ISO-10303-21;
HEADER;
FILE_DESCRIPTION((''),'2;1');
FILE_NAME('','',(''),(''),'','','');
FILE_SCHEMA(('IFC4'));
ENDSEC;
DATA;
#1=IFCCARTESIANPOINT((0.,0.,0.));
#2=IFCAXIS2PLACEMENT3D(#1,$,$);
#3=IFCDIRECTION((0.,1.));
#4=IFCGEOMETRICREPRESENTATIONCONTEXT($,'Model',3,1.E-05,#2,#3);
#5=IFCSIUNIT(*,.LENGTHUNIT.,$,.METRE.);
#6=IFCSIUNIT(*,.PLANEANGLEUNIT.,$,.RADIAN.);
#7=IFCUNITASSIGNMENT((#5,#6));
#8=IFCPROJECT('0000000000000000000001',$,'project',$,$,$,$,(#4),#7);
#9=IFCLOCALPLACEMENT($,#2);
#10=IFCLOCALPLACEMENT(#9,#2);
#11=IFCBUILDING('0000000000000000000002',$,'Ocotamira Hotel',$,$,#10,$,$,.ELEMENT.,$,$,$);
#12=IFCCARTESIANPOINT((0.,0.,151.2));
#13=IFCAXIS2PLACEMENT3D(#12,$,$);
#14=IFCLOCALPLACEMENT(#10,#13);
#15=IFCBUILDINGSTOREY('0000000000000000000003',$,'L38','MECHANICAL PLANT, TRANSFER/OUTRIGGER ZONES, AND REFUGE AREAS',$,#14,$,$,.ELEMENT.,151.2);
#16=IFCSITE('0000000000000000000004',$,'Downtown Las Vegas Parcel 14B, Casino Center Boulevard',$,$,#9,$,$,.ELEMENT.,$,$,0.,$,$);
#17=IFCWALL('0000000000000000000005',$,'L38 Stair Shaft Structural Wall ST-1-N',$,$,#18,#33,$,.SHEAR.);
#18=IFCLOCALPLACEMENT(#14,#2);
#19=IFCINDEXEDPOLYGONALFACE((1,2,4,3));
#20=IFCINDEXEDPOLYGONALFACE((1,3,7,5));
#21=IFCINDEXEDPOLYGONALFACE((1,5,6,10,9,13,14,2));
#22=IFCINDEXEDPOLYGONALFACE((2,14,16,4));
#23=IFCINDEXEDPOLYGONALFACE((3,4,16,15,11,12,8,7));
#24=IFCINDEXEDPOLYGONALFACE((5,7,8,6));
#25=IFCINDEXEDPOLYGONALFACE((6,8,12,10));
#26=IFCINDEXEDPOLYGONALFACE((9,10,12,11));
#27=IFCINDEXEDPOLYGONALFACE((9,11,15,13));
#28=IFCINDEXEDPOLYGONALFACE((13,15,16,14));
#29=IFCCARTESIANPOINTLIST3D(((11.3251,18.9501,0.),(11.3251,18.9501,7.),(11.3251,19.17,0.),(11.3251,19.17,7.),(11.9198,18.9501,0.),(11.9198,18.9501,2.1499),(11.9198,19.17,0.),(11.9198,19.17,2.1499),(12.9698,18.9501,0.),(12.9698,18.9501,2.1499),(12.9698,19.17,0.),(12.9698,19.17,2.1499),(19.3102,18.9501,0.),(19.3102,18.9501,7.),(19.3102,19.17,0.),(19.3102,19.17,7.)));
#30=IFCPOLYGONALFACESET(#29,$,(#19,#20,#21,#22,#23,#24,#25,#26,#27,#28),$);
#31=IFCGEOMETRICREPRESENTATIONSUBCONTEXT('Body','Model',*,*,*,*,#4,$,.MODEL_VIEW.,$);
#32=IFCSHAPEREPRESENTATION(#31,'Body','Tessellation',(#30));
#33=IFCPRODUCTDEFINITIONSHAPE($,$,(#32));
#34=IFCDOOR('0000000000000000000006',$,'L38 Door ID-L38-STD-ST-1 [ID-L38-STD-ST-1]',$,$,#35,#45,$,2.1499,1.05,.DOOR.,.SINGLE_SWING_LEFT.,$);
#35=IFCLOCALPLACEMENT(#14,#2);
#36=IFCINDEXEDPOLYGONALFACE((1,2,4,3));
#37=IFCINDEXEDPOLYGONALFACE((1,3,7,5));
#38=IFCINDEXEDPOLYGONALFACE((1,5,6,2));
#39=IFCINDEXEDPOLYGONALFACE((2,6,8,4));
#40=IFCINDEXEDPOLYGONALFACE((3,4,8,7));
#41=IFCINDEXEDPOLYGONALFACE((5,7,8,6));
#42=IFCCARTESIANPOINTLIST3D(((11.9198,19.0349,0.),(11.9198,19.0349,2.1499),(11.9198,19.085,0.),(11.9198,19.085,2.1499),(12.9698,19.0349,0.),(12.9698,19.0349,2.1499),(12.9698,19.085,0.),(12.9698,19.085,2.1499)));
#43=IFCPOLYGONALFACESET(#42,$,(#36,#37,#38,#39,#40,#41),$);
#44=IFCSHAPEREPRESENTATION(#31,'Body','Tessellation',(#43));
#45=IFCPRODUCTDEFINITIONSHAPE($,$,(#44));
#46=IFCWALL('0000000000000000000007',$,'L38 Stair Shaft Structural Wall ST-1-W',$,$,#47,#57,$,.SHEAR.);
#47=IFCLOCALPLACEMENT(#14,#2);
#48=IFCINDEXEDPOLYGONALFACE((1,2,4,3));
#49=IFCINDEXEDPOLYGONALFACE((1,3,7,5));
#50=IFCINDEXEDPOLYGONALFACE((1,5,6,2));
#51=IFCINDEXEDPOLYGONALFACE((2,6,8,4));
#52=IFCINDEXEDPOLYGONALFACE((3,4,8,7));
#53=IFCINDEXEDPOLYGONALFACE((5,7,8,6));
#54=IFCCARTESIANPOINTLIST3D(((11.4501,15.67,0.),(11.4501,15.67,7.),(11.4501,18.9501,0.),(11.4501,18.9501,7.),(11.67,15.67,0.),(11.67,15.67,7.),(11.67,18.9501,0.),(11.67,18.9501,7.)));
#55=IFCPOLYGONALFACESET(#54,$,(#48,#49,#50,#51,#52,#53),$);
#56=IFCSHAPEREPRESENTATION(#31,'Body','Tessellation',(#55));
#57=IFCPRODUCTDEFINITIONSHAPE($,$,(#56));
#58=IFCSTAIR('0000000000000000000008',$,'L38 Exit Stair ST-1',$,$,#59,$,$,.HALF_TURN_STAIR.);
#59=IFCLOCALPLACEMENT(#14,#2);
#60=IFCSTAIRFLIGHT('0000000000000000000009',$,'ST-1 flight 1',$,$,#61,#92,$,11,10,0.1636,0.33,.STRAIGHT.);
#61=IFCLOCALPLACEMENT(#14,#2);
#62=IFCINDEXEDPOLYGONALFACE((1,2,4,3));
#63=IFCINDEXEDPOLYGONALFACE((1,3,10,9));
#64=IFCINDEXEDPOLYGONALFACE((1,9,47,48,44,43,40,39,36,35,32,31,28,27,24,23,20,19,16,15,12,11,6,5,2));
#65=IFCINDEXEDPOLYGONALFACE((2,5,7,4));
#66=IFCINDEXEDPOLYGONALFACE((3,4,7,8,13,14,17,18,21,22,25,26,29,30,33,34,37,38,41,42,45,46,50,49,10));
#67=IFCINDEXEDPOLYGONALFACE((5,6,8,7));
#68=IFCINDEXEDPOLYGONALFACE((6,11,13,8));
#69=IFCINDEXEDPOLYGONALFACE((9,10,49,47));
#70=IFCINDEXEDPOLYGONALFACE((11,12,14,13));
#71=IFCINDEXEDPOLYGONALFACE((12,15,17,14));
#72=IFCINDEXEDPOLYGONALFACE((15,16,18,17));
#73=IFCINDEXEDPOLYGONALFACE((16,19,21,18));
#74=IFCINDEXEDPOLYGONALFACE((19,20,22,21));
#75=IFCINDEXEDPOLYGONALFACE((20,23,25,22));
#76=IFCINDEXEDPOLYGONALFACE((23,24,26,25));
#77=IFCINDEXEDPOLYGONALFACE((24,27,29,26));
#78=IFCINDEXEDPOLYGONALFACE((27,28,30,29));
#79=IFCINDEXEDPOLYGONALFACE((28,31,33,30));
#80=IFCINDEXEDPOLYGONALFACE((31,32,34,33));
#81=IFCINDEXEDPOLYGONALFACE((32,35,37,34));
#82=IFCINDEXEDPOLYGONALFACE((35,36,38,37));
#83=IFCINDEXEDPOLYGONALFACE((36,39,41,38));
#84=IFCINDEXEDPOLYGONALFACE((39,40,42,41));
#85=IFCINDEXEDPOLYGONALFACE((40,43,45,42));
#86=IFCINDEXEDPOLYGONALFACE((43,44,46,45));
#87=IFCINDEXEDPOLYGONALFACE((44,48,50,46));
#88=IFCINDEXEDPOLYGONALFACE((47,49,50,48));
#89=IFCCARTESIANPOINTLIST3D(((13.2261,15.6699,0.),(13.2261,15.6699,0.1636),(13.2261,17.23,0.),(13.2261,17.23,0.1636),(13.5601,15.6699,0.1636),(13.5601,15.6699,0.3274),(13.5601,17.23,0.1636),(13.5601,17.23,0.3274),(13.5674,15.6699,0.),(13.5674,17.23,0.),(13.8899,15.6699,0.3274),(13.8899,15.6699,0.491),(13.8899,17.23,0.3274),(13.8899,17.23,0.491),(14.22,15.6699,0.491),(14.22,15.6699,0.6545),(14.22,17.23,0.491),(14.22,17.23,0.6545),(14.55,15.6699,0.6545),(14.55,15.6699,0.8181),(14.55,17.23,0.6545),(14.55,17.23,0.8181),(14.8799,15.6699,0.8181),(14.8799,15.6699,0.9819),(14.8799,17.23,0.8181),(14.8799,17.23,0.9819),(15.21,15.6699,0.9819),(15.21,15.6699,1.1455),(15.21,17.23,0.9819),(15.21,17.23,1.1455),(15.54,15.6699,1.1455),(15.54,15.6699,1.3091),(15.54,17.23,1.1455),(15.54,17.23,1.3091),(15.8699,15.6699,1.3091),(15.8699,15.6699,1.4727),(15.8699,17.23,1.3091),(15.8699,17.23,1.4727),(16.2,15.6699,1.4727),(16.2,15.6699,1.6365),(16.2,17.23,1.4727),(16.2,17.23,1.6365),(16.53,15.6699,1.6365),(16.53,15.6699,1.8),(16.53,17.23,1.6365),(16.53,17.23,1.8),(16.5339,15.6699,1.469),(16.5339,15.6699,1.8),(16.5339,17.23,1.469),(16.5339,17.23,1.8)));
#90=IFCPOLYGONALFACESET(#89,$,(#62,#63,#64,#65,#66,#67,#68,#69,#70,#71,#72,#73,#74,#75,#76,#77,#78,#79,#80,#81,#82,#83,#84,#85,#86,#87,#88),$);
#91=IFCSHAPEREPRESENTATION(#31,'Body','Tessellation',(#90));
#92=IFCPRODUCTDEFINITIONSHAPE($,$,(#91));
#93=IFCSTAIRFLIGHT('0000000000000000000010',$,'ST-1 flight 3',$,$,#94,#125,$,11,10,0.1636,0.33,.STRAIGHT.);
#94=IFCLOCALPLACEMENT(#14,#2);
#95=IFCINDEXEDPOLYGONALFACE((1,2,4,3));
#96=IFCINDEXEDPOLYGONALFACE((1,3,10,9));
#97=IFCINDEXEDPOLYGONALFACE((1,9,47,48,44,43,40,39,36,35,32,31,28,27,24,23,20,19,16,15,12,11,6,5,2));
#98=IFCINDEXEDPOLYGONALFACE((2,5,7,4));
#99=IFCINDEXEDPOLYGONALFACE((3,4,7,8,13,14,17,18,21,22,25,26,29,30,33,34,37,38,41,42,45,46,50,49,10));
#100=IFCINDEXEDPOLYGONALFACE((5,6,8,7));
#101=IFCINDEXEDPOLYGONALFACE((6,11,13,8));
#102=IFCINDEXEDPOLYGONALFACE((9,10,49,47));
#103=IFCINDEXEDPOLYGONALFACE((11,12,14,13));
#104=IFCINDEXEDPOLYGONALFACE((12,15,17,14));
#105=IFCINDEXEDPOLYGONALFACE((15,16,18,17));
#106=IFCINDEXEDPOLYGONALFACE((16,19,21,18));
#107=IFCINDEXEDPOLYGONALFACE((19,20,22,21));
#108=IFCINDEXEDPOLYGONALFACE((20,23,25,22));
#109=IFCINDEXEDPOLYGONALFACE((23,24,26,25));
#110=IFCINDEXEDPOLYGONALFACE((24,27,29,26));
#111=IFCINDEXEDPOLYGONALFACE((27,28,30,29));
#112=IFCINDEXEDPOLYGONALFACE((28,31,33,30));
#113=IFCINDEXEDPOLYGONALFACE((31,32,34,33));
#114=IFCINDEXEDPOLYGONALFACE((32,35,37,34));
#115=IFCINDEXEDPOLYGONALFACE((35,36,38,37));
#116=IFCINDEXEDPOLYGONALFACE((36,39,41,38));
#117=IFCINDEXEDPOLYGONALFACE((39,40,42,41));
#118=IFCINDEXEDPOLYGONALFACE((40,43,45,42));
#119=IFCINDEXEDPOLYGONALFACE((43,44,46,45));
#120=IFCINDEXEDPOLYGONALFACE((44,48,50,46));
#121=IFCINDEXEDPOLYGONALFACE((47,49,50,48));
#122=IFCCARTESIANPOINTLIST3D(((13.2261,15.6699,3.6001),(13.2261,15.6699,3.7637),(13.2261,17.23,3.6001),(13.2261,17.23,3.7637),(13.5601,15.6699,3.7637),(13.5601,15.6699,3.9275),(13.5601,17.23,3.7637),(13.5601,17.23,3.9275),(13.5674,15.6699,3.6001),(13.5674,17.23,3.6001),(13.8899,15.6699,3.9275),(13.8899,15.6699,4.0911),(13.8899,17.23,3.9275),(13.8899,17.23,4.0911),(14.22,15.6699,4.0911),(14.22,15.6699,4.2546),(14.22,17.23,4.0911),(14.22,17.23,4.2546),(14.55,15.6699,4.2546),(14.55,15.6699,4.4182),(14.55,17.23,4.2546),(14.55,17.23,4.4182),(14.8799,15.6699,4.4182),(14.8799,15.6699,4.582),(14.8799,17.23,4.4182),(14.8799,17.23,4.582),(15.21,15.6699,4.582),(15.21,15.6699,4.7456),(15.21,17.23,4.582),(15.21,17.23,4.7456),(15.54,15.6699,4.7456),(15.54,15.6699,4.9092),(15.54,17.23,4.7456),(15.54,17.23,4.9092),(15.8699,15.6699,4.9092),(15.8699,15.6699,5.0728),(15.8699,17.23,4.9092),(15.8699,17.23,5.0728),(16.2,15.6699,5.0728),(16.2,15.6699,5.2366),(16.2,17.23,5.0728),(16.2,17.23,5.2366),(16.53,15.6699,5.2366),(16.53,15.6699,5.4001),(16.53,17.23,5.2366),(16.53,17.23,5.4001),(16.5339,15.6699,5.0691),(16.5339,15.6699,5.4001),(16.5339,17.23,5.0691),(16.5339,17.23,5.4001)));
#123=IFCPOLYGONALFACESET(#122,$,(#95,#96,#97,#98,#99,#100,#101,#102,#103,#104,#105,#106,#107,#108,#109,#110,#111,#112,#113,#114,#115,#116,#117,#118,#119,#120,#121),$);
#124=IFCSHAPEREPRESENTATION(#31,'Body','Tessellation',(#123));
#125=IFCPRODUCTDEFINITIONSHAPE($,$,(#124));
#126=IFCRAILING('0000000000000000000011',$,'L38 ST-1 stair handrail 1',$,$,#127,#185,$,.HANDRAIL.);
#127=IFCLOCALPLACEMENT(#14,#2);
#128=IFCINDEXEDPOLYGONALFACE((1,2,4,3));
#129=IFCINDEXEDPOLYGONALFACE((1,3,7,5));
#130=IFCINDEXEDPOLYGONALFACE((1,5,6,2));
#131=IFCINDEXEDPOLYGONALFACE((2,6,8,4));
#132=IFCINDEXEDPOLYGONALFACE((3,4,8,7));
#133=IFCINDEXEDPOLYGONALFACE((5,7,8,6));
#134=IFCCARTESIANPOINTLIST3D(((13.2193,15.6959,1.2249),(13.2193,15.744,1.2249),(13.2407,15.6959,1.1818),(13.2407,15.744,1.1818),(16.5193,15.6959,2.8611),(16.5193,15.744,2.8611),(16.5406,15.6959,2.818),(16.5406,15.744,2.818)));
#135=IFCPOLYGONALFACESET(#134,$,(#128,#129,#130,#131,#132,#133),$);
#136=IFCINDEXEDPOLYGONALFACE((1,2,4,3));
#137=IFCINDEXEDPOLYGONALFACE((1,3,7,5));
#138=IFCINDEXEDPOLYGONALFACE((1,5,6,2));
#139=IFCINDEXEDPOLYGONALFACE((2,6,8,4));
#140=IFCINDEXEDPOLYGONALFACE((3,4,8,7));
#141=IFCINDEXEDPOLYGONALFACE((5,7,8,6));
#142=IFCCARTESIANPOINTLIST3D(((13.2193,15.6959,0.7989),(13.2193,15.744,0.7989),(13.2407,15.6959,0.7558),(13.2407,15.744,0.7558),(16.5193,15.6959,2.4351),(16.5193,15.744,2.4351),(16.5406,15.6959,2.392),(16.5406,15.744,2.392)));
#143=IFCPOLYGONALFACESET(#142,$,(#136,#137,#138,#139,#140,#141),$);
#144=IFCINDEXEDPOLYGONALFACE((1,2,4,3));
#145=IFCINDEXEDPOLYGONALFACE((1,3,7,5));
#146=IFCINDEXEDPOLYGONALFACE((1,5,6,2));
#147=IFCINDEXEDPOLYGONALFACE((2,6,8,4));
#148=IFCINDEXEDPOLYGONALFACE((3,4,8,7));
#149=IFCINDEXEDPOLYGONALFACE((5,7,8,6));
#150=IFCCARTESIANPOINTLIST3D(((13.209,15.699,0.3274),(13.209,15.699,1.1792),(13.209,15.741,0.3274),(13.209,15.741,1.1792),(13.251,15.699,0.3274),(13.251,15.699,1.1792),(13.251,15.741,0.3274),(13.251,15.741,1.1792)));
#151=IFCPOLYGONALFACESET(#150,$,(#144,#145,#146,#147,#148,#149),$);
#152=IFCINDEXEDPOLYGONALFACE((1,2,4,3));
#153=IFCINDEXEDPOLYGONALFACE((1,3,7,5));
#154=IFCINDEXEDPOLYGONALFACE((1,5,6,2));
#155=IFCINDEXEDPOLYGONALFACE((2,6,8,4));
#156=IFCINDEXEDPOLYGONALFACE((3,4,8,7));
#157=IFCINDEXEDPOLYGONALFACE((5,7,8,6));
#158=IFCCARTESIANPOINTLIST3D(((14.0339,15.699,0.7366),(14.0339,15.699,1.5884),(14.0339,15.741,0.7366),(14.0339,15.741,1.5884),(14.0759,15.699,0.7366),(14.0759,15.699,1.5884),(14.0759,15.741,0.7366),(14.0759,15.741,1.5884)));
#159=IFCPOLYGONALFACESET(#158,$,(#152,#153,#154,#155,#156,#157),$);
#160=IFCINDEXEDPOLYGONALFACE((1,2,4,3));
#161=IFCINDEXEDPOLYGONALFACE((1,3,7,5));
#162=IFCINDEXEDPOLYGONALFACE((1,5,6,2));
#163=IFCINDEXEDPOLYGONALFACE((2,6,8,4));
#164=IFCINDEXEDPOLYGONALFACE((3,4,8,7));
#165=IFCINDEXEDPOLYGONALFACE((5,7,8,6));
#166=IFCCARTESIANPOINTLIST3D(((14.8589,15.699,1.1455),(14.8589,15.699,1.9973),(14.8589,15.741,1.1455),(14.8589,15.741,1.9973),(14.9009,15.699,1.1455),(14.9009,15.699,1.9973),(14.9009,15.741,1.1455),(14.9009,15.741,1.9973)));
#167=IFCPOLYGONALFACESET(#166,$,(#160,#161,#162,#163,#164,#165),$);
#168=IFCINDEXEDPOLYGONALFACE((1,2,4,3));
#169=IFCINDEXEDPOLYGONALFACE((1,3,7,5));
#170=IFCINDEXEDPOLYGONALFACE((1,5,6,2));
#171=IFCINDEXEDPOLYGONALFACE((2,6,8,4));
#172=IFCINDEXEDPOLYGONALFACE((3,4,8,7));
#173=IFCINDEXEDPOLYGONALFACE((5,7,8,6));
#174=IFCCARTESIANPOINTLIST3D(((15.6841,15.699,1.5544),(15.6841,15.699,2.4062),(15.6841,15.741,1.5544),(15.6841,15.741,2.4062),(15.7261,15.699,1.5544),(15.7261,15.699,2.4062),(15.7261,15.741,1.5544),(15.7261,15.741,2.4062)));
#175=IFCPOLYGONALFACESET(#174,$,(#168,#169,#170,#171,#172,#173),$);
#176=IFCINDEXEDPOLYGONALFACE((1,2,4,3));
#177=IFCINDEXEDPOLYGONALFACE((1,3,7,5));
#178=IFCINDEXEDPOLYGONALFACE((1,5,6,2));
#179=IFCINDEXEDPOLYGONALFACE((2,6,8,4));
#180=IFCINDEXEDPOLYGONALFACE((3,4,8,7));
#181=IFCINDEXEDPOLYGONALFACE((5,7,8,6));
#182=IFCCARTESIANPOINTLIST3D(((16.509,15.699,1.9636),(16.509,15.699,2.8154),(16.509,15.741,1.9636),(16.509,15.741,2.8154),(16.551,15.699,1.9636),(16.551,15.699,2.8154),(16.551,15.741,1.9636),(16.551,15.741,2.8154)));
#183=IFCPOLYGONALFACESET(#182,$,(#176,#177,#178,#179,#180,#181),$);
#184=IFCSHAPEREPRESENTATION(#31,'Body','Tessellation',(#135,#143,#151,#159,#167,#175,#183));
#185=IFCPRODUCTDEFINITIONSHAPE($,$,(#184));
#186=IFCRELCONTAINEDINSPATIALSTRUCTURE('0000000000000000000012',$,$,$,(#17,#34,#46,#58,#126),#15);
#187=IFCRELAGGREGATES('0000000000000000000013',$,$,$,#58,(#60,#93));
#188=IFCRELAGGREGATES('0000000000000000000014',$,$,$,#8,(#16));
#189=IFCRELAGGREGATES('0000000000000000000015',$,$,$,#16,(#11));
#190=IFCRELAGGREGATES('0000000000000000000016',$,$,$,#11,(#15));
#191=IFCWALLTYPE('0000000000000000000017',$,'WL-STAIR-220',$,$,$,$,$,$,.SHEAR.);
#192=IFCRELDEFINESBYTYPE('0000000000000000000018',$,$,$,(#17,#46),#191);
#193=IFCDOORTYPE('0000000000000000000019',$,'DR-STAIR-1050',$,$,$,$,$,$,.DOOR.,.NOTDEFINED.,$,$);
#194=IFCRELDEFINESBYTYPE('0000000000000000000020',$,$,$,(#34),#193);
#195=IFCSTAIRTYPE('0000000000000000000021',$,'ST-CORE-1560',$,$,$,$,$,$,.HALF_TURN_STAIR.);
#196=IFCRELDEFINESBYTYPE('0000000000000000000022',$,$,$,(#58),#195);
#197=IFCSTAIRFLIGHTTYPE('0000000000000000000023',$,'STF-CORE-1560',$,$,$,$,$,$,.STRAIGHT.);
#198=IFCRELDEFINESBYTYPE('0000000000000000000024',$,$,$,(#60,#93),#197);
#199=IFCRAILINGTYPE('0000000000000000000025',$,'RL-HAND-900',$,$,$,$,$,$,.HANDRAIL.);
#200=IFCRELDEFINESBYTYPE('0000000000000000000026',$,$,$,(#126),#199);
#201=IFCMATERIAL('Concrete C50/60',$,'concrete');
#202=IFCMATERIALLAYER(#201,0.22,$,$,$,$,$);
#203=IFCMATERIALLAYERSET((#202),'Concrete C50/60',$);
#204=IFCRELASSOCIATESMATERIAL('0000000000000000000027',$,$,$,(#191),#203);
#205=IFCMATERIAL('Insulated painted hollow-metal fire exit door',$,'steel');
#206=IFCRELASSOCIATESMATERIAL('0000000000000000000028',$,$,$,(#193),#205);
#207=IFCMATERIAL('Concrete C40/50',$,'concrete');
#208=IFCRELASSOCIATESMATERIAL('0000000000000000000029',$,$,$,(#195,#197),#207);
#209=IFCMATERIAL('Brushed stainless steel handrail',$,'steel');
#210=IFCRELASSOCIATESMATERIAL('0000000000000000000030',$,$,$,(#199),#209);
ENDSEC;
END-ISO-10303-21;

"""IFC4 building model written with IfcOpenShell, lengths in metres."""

from ifc_helpers import new_model, si_unit, direction, frame, frame_2d, origin, origin_2d, place, context, subcontext, project, spatial, polyline, rectangle, outline, extrude, source, transform, mapped, material, layer, layer_set, type_object, element, fill, aggregate, save


model = new_model("IFC4")

# Units and contexts
model_context = context("Model", 3, precision=1e-05, world=origin(), true_north=direction((0.0, 1.0)))
body_context = subcontext(model_context, "Body", "Model", "MODEL_VIEW")
ifc_project = project(units=[si_unit("LENGTHUNIT", "METRE"), si_unit("PLANEANGLEUNIT", "RADIAN")], contexts=[model_context])

# Site, building, storey
site_placement = place(None, origin())
site = spatial("IfcSite", under=ifc_project, at=site_placement, Name="Downtown Las Vegas Parcel 14B, Casino Center Boulevard", CompositionType="ELEMENT", RefElevation=0.0)
building_placement = place(site_placement, origin())
building = spatial("IfcBuilding", under=site, at=building_placement, Name="Ocotamira Hotel", CompositionType="ELEMENT")
storey_placement = place(building_placement, frame((0.0, 0.0, 151.2)))
storey = spatial("IfcBuildingStorey", under=building, at=storey_placement, Name="L38", Description="MECHANICAL PLANT, TRANSFER/OUTRIGGER ZONES, AND REFUGE AREAS", CompositionType="ELEMENT", Elevation=151.2)

# Shared definitions
ifc_material_1 = material(Name="Concrete C50/60", Category="concrete")
ifc_layer_1 = layer(ifc_material_1, 0.22)
ifc_layer_set_1 = layer_set([ifc_layer_1], Name="Concrete C50/60")
wall_type_1 = type_object("IfcWallType", Name="WL-STAIR-220", PredefinedType="SHEAR", material=ifc_layer_set_1)

# Wall, opening, door
wall_1_placement = place(storey_placement, frame((11.325, 19.0601, 0.0), z_axis=(0.0, 0.0, 1.0), x_axis=(1.0, 0.0, 0.0)))
wall_1 = element("IfcWall", 1, at=wall_1_placement, inside=storey, type_object=wall_type_1, Name="L38 Stair Shaft Structural Wall ST-1-N", PredefinedType="SHEAR", context=body_context, shape_type="SweptSolid", body=[
    extrude(rectangle(XDim=7.9851, YDim=0.22, at=frame_2d((3.9927, 0.0))), origin(), (0.0, 0.0, 1.0), 7.0),
])
opening_1_placement = place(wall_1_placement, frame((0.595, 0.0, 0.0)))
opening_1 = element("IfcOpeningElement", 2, at=opening_1_placement, cuts=wall_1, PredefinedType="OPENING", context=body_context, shape_type="SweptSolid", body=[
    extrude(rectangle(XDim=1.05, YDim=2.1499, at=frame_2d((0.5249, 1.075))), frame((0.0, 0.1201, 0.0), z_axis=(0.0, -1.0, 0.0), x_axis=(1.0, 0.0, 0.0)), (0.0, 0.0, 1.0), 0.24),
])
ifc_material_2 = material(Name="Insulated painted hollow-metal fire exit door", Category="steel")
door_type_1 = type_object("IfcDoorType", Name="DR-STAIR-1050", OperationType="NOTDEFINED", PredefinedType="DOOR", material=ifc_material_2)
shared_shape_1 = source(origin(), body_context, "Body", "SweptSolid", [
    extrude(rectangle(XDim=1.05, YDim=2.1499, at=frame_2d((0.5249, 1.075))), frame((0.0, 0.0249, 0.0), z_axis=(0.0, -1.0, 0.0), x_axis=(1.0, 0.0, 0.0)), (0.0, 0.0, 1.0), 0.05),
])
door_1_placement = place(opening_1_placement, origin())
door_1 = element("IfcDoor", 3, at=door_1_placement, inside=storey, type_object=door_type_1, Name="L38 Door ID-L38-STD-ST-1 [ID-L38-STD-ST-1]", OperationType="SINGLE_SWING_LEFT", OverallHeight=2.1499, OverallWidth=1.05, PredefinedType="DOOR", context=body_context, shape_type="MappedRepresentation", body=[
    mapped(shared_shape_1, transform((0.0, 0.0, 0.0), scale=1.0)),
])
fill(opening_1, door_1)

# Wall
wall_2_placement = place(storey_placement, frame((11.5601, 15.6699, 0.0), z_axis=(0.0, 0.0, 1.0), x_axis=(0.0, 1.0, 0.0)))
element("IfcWall", 4, at=wall_2_placement, inside=storey, type_object=wall_type_1, Name="L38 Stair Shaft Structural Wall ST-1-W", PredefinedType="SHEAR", context=body_context, shape_type="SweptSolid", body=[
    extrude(rectangle(XDim=3.28, YDim=0.22, at=frame_2d((1.6401, 0.0))), origin(), (0.0, 0.0, 1.0), 7.0),
])

# Stair, stair flights
ifc_material_3 = material(Name="Concrete C40/50", Category="concrete")
stair_type = type_object("IfcStairType", Name="ST-CORE-1560", PredefinedType="HALF_TURN_STAIR", material=ifc_material_3)
stair_placement = place(storey_placement, origin())
stair = element("IfcStair", 5, at=stair_placement, inside=storey, type_object=stair_type, Name="L38 Exit Stair ST-1", PredefinedType="HALF_TURN_STAIR")
stair_flight_type = type_object("IfcStairFlightType", Name="STF-CORE-1560", PredefinedType="STRAIGHT", material=ifc_material_3)
shared_shape_2 = source(origin(), body_context, "Body", "SweptSolid", [
    extrude(outline(polyline([(-0.0039, 0.0), (-0.0039, 0.1636), (0.3301, 0.1636), (0.3301, 0.3274), (0.6599, 0.3274), (0.6599, 0.491), (0.99, 0.491), (0.99, 0.6545), (1.3201, 0.6545), (1.3201, 0.8181), (1.6499, 0.8181), (1.6499, 0.9819), (1.98, 0.9819), (1.98, 1.1455), (2.3101, 1.1455), (2.3101, 1.3091), (2.6399, 1.3091), (2.6399, 1.4727), (2.97, 1.4727), (2.97, 1.6365), (3.3, 1.6365), (3.3, 1.8), (3.304, 1.8), (3.304, 1.469), (0.3374, 0.0), (-0.0039, 0.0)])), frame((0.0, 0.78, 0.0), z_axis=(0.0, -1.0, 0.0), x_axis=(1.0, 0.0, 0.0)), (0.0, 0.0, 1.0), 1.5601),
])
stair_flight_1_placement = place(storey_placement, frame((13.23, 16.45, 0.0), z_axis=(0.0, 0.0, 1.0), x_axis=(1.0, 0.0, 0.0)))
stair_flight_1 = element("IfcStairFlight", 6, at=stair_flight_1_placement, type_object=stair_flight_type, Name="ST-1 flight 1", NumberOfRisers=11, NumberOfTreads=10, PredefinedType="STRAIGHT", RiserHeight=0.1636, TreadLength=0.33, context=body_context, shape_type="MappedRepresentation", body=[
    mapped(shared_shape_2, transform((0.0, 0.0, 0.0), scale=1.0)),
])
stair_flight_2_placement = place(storey_placement, frame((13.23, 16.45, 3.6001), z_axis=(0.0, 0.0, 1.0), x_axis=(1.0, 0.0, 0.0)))
stair_flight_2 = element("IfcStairFlight", 7, at=stair_flight_2_placement, type_object=stair_flight_type, Name="ST-1 flight 3", NumberOfRisers=11, NumberOfTreads=10, PredefinedType="STRAIGHT", RiserHeight=0.1636, TreadLength=0.33, context=body_context, shape_type="MappedRepresentation", body=[
    mapped(shared_shape_2, transform((0.0, 0.0, 0.0), scale=1.0)),
])
aggregate(stair, [stair_flight_1, stair_flight_2])

# Railing
ifc_material_4 = material(Name="Brushed stainless steel handrail", Category="steel")
railing_type_1 = type_object("IfcRailingType", Name="RL-HAND-900", PredefinedType="HANDRAIL", material=ifc_material_4)
railing_1_placement = place(storey_placement, frame((13.23, 15.72, 0.3274)))
element("IfcRailing", 8, at=railing_1_placement, inside=storey, type_object=railing_type_1, Name="L38 ST-1 stair handrail 1", PredefinedType="HANDRAIL", context=body_context, shape_type="SweptSolid", body=[
    extrude(rectangle(XDim=0.0481, YDim=0.0481, at=origin_2d()), frame((0.0, 0.0, 0.876), z_axis=(0.89592, 0.0, 0.444215), x_axis=(0.0, 1.0, 0.0)), (0.0, 0.0, 1.0), 3.6833),
    extrude(rectangle(XDim=0.0481, YDim=0.0481, at=origin_2d()), frame((0.0, 0.0, 0.45), z_axis=(0.89592, 0.0, 0.444215), x_axis=(0.0, 1.0, 0.0)), (0.0, 0.0, 1.0), 3.6833),
    extrude(rectangle(XDim=0.042, YDim=0.042, at=origin_2d()), origin(), (0.0, 0.0, 1.0), 0.8518),
    extrude(rectangle(XDim=0.042, YDim=0.042, at=origin_2d()), frame((0.825, 0.0, 0.4092)), (0.0, 0.0, 1.0), 0.8518),
    extrude(rectangle(XDim=0.042, YDim=0.042, at=origin_2d()), frame((1.6499, 0.0, 0.8181)), (0.0, 0.0, 1.0), 0.8518),
    extrude(rectangle(XDim=0.042, YDim=0.042, at=origin_2d()), frame((2.4751, 0.0, 1.2271)), (0.0, 0.0, 1.0), 0.8518),
    extrude(rectangle(XDim=0.042, YDim=0.042, at=origin_2d()), frame((3.3, 0.0, 1.6362)), (0.0, 0.0, 1.0), 0.8518),
])

save(model, "model.ifc")
